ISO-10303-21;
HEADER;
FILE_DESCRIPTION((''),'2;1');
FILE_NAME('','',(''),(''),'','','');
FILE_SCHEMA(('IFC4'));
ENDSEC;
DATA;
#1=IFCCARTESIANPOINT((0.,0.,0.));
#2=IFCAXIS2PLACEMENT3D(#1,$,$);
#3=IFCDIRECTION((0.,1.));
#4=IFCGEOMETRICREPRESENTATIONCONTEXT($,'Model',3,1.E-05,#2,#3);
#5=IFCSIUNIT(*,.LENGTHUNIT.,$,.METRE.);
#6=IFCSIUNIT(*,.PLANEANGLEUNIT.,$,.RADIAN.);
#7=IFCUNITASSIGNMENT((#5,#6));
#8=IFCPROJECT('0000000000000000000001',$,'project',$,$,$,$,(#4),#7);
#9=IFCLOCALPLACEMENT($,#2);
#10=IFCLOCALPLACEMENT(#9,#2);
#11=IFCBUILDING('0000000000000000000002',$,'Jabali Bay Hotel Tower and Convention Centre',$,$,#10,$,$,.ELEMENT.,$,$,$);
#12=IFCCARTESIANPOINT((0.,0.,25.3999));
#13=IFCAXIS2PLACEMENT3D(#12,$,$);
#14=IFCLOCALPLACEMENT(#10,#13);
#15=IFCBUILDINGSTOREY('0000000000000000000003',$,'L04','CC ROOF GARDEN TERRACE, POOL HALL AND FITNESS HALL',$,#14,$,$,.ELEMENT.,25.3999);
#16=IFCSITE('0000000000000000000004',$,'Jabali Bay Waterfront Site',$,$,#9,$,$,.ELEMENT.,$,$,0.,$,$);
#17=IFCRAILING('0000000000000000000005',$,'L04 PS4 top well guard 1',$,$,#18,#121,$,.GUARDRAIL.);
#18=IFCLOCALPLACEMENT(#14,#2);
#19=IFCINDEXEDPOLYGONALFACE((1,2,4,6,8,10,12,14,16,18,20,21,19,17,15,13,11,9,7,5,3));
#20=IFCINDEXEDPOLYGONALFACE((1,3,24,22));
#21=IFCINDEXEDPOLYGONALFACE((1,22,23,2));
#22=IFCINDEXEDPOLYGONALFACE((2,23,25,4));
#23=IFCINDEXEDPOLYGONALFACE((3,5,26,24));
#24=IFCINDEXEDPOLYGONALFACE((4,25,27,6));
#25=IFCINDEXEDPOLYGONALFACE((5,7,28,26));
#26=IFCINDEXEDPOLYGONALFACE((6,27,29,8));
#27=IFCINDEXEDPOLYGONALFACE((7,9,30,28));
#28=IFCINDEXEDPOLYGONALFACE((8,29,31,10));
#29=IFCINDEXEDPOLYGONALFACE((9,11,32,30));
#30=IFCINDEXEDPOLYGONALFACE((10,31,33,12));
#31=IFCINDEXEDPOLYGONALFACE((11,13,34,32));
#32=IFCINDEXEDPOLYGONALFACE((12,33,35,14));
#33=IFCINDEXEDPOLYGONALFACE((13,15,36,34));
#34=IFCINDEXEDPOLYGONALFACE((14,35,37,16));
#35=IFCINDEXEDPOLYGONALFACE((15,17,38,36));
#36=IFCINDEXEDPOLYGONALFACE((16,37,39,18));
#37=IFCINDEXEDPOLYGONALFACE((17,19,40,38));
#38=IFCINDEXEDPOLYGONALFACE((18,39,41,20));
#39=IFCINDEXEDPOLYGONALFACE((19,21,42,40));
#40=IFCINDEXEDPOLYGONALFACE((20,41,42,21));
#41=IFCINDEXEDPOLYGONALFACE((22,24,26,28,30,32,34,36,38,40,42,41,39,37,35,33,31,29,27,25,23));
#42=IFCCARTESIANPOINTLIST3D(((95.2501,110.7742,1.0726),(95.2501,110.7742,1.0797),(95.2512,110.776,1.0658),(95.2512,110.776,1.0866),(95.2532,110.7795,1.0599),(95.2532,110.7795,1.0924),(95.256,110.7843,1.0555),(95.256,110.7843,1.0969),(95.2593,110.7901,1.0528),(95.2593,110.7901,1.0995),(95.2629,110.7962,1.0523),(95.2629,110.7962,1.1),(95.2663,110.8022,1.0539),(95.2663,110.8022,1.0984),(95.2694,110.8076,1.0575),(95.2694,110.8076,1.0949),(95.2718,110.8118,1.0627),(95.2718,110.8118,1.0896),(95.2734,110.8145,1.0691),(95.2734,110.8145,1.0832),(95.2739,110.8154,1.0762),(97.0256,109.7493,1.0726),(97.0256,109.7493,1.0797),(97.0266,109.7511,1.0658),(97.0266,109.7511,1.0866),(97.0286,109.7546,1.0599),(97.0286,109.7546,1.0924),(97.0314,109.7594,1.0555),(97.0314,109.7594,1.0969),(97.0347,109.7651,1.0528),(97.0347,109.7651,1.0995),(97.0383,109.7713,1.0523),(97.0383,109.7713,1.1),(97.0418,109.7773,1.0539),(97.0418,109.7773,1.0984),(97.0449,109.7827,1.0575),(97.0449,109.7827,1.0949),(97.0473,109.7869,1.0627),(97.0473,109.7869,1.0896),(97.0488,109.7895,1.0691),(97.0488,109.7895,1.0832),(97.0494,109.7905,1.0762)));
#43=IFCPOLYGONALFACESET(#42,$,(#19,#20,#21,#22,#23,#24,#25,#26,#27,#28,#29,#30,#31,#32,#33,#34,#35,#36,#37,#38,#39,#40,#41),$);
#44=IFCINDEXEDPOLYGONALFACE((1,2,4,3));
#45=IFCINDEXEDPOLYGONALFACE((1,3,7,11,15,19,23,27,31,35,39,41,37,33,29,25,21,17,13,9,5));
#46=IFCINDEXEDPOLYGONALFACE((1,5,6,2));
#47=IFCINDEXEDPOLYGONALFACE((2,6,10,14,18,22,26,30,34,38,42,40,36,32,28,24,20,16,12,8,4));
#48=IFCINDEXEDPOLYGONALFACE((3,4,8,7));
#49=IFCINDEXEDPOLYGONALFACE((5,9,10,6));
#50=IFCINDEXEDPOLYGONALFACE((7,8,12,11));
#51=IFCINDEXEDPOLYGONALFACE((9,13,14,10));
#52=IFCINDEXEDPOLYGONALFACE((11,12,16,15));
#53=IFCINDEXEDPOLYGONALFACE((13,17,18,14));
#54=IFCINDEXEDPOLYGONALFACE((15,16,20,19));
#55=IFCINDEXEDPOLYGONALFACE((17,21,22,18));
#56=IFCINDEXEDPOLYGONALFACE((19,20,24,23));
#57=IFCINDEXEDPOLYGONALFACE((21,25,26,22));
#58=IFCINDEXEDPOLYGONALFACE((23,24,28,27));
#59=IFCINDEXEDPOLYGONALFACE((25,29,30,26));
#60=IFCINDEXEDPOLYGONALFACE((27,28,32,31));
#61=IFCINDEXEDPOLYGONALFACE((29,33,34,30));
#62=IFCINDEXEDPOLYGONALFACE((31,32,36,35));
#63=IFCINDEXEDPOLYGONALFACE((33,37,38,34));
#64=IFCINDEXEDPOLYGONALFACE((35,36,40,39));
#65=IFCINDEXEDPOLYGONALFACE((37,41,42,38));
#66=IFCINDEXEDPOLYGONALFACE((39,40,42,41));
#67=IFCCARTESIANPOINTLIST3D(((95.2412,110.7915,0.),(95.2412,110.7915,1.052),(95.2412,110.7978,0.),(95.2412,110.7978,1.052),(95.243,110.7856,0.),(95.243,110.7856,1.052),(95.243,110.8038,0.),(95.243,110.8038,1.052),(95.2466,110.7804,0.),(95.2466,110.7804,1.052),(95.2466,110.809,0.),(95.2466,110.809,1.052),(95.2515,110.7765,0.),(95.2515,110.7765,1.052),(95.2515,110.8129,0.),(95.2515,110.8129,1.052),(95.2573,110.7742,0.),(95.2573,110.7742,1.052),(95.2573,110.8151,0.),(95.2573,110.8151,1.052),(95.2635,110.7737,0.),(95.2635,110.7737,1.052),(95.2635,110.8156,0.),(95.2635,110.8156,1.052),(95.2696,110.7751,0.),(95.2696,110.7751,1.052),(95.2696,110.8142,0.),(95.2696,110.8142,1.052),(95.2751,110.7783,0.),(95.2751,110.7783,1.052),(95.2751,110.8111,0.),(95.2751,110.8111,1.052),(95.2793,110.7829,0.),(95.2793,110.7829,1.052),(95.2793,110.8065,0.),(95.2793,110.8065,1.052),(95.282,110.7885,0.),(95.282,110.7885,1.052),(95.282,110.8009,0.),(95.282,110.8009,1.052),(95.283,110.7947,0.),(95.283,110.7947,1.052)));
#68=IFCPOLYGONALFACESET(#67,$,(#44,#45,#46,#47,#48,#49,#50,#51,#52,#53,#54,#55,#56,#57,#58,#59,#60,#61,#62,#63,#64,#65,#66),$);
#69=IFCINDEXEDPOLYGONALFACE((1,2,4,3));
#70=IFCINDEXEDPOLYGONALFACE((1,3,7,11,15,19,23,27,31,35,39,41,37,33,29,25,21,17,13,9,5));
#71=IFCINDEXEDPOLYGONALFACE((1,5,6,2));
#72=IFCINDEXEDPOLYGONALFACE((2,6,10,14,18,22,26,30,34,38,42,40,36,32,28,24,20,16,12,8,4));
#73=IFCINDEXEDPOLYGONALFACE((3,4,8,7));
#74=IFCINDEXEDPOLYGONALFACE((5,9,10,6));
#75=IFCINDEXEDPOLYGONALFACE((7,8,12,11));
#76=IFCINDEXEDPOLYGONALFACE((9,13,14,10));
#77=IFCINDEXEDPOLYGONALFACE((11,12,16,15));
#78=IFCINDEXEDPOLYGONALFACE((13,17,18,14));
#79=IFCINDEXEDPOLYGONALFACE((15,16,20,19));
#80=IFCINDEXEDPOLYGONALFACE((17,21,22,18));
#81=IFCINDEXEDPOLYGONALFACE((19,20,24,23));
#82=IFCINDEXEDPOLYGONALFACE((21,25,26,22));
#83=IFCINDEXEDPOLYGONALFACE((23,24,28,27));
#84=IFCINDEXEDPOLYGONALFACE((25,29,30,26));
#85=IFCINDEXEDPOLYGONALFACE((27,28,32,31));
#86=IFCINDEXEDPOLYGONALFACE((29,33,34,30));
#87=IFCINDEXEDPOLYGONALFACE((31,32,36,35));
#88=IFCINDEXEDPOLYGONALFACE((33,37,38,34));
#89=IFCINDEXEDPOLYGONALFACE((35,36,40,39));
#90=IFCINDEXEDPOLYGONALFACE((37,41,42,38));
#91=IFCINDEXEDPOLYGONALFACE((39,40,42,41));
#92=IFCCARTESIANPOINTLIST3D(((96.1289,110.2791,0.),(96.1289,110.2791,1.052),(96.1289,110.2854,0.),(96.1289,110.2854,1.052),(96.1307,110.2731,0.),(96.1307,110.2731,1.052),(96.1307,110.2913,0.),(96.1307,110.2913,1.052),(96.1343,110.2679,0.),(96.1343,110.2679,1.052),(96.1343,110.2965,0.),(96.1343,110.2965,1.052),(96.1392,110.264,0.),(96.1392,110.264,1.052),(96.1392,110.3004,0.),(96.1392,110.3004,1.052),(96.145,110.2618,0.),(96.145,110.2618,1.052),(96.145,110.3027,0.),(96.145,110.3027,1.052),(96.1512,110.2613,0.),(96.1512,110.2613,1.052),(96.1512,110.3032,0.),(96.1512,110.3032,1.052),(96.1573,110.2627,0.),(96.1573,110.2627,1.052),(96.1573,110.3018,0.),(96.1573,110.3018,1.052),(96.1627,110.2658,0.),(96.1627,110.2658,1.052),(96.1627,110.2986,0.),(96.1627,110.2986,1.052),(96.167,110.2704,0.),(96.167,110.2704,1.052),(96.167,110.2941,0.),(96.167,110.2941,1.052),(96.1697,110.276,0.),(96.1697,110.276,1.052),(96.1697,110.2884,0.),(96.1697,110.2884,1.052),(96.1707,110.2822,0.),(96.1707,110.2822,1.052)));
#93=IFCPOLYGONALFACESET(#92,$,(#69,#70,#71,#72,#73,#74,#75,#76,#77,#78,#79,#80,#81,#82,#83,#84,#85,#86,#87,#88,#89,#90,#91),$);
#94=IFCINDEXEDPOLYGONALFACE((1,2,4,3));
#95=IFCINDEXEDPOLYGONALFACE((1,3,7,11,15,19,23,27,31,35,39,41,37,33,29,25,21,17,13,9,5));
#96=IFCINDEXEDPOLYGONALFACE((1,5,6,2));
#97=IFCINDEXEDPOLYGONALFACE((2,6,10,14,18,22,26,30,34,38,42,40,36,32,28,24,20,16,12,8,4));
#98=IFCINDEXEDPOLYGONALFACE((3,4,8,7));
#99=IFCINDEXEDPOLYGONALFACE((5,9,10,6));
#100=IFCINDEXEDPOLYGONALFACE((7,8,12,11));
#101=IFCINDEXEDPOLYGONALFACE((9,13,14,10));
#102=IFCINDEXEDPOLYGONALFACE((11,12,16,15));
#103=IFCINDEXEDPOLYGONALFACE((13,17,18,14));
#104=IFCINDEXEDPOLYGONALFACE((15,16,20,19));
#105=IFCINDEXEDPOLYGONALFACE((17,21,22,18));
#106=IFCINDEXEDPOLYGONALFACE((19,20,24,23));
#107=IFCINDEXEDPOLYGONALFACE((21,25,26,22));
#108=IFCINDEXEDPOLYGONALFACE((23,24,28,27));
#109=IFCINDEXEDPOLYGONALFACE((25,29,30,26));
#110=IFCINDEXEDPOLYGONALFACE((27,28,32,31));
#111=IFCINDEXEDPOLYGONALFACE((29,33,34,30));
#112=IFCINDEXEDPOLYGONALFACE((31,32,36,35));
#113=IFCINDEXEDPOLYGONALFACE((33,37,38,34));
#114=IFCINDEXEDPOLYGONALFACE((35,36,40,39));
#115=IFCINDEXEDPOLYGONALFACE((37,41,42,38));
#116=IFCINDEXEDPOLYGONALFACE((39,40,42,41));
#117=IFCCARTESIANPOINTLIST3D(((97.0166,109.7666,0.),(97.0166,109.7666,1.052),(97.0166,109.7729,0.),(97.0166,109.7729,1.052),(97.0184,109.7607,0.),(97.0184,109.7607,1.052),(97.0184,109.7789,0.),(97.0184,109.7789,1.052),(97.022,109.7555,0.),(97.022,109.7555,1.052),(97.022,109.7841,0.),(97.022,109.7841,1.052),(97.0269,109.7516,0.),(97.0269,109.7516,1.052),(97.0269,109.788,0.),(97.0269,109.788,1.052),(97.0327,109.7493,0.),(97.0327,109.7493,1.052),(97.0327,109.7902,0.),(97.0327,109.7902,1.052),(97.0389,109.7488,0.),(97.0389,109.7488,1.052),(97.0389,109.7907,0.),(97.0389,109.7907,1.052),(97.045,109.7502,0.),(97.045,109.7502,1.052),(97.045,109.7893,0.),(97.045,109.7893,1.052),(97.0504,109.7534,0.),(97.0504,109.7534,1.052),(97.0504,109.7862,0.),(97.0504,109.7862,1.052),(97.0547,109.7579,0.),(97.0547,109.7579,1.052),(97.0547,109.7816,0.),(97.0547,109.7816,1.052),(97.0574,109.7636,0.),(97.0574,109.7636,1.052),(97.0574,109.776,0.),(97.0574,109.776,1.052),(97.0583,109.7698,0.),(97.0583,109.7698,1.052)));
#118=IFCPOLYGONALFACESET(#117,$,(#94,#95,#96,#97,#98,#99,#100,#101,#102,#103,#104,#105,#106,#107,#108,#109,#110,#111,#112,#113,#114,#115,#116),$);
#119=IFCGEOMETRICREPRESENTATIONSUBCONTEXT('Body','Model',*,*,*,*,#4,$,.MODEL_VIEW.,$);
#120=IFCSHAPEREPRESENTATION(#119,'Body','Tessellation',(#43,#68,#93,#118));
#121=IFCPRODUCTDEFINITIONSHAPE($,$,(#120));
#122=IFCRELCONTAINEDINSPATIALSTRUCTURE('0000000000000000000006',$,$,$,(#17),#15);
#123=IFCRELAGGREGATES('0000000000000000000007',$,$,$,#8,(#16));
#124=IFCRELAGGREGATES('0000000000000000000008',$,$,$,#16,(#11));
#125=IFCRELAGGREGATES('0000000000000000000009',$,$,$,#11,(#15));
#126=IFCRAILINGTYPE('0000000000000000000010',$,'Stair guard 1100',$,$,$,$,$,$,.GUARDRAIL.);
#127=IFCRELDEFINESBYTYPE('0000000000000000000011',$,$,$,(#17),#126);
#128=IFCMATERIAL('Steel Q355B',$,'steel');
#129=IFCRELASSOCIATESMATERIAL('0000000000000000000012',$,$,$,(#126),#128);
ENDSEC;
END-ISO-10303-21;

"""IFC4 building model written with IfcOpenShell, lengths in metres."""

from ifc_helpers import new_model, si_unit, direction, frame, origin, origin_2d, place, context, subcontext, project, spatial, circle, extrude, material, type_object, element, save


model = new_model("IFC4")

# Units and contexts
model_context = context("Model", 3, precision=1e-05, world=origin(), true_north=direction((0.0, 1.0)))
body_context = subcontext(model_context, "Body", "Model", "MODEL_VIEW")
ifc_project = project(units=[si_unit("LENGTHUNIT", "METRE"), si_unit("PLANEANGLEUNIT", "RADIAN")], contexts=[model_context])

# Site, building, storey
site_placement = place(None, origin())
site = spatial("IfcSite", under=ifc_project, at=site_placement, Name="Jabali Bay Waterfront Site", CompositionType="ELEMENT", RefElevation=0.0)
building_placement = place(site_placement, origin())
building = spatial("IfcBuilding", under=site, at=building_placement, Name="Jabali Bay Hotel Tower and Convention Centre", CompositionType="ELEMENT")
storey_placement = place(building_placement, frame((0.0, 0.0, 25.3999)))
storey = spatial("IfcBuildingStorey", under=building, at=storey_placement, Name="L04", Description="CC ROOF GARDEN TERRACE, POOL HALL AND FITNESS HALL", CompositionType="ELEMENT", Elevation=25.3999)

# Railing
ifc_material_1 = material(Name="Steel Q355B", Category="steel")
railing_type = type_object("IfcRailingType", Name="Stair guard 1100", PredefinedType="GUARDRAIL", material=ifc_material_1)
railing_placement = place(storey_placement, frame((95.262, 110.7947, 0.0)))
element("IfcRailing", 1, at=railing_placement, inside=storey, type_object=railing_type, Name="L04 PS4 top well guard 1", PredefinedType="GUARDRAIL", context=body_context, shape_type="SweptSolid", body=[
    extrude(circle(Radius=0.0239, at=origin_2d()), frame((0.0, 0.0, 1.0762), z_axis=(0.866051, -0.499956, 0.0), x_axis=(0.499956, 0.866051, 0.0)), (0.0, 0.0, 1.0), 2.05),
    extrude(circle(Radius=0.021, at=origin_2d()), origin(), (0.0, 0.0, 1.0), 1.052),
    extrude(circle(Radius=0.021, at=origin_2d()), frame((0.8877, -0.5125, 0.0)), (0.0, 0.0, 1.0), 1.052),
    extrude(circle(Radius=0.021, at=origin_2d()), frame((1.7754, -1.0249, 0.0)), (0.0, 0.0, 1.0), 1.052),
])

save(model, "model.ifc")
